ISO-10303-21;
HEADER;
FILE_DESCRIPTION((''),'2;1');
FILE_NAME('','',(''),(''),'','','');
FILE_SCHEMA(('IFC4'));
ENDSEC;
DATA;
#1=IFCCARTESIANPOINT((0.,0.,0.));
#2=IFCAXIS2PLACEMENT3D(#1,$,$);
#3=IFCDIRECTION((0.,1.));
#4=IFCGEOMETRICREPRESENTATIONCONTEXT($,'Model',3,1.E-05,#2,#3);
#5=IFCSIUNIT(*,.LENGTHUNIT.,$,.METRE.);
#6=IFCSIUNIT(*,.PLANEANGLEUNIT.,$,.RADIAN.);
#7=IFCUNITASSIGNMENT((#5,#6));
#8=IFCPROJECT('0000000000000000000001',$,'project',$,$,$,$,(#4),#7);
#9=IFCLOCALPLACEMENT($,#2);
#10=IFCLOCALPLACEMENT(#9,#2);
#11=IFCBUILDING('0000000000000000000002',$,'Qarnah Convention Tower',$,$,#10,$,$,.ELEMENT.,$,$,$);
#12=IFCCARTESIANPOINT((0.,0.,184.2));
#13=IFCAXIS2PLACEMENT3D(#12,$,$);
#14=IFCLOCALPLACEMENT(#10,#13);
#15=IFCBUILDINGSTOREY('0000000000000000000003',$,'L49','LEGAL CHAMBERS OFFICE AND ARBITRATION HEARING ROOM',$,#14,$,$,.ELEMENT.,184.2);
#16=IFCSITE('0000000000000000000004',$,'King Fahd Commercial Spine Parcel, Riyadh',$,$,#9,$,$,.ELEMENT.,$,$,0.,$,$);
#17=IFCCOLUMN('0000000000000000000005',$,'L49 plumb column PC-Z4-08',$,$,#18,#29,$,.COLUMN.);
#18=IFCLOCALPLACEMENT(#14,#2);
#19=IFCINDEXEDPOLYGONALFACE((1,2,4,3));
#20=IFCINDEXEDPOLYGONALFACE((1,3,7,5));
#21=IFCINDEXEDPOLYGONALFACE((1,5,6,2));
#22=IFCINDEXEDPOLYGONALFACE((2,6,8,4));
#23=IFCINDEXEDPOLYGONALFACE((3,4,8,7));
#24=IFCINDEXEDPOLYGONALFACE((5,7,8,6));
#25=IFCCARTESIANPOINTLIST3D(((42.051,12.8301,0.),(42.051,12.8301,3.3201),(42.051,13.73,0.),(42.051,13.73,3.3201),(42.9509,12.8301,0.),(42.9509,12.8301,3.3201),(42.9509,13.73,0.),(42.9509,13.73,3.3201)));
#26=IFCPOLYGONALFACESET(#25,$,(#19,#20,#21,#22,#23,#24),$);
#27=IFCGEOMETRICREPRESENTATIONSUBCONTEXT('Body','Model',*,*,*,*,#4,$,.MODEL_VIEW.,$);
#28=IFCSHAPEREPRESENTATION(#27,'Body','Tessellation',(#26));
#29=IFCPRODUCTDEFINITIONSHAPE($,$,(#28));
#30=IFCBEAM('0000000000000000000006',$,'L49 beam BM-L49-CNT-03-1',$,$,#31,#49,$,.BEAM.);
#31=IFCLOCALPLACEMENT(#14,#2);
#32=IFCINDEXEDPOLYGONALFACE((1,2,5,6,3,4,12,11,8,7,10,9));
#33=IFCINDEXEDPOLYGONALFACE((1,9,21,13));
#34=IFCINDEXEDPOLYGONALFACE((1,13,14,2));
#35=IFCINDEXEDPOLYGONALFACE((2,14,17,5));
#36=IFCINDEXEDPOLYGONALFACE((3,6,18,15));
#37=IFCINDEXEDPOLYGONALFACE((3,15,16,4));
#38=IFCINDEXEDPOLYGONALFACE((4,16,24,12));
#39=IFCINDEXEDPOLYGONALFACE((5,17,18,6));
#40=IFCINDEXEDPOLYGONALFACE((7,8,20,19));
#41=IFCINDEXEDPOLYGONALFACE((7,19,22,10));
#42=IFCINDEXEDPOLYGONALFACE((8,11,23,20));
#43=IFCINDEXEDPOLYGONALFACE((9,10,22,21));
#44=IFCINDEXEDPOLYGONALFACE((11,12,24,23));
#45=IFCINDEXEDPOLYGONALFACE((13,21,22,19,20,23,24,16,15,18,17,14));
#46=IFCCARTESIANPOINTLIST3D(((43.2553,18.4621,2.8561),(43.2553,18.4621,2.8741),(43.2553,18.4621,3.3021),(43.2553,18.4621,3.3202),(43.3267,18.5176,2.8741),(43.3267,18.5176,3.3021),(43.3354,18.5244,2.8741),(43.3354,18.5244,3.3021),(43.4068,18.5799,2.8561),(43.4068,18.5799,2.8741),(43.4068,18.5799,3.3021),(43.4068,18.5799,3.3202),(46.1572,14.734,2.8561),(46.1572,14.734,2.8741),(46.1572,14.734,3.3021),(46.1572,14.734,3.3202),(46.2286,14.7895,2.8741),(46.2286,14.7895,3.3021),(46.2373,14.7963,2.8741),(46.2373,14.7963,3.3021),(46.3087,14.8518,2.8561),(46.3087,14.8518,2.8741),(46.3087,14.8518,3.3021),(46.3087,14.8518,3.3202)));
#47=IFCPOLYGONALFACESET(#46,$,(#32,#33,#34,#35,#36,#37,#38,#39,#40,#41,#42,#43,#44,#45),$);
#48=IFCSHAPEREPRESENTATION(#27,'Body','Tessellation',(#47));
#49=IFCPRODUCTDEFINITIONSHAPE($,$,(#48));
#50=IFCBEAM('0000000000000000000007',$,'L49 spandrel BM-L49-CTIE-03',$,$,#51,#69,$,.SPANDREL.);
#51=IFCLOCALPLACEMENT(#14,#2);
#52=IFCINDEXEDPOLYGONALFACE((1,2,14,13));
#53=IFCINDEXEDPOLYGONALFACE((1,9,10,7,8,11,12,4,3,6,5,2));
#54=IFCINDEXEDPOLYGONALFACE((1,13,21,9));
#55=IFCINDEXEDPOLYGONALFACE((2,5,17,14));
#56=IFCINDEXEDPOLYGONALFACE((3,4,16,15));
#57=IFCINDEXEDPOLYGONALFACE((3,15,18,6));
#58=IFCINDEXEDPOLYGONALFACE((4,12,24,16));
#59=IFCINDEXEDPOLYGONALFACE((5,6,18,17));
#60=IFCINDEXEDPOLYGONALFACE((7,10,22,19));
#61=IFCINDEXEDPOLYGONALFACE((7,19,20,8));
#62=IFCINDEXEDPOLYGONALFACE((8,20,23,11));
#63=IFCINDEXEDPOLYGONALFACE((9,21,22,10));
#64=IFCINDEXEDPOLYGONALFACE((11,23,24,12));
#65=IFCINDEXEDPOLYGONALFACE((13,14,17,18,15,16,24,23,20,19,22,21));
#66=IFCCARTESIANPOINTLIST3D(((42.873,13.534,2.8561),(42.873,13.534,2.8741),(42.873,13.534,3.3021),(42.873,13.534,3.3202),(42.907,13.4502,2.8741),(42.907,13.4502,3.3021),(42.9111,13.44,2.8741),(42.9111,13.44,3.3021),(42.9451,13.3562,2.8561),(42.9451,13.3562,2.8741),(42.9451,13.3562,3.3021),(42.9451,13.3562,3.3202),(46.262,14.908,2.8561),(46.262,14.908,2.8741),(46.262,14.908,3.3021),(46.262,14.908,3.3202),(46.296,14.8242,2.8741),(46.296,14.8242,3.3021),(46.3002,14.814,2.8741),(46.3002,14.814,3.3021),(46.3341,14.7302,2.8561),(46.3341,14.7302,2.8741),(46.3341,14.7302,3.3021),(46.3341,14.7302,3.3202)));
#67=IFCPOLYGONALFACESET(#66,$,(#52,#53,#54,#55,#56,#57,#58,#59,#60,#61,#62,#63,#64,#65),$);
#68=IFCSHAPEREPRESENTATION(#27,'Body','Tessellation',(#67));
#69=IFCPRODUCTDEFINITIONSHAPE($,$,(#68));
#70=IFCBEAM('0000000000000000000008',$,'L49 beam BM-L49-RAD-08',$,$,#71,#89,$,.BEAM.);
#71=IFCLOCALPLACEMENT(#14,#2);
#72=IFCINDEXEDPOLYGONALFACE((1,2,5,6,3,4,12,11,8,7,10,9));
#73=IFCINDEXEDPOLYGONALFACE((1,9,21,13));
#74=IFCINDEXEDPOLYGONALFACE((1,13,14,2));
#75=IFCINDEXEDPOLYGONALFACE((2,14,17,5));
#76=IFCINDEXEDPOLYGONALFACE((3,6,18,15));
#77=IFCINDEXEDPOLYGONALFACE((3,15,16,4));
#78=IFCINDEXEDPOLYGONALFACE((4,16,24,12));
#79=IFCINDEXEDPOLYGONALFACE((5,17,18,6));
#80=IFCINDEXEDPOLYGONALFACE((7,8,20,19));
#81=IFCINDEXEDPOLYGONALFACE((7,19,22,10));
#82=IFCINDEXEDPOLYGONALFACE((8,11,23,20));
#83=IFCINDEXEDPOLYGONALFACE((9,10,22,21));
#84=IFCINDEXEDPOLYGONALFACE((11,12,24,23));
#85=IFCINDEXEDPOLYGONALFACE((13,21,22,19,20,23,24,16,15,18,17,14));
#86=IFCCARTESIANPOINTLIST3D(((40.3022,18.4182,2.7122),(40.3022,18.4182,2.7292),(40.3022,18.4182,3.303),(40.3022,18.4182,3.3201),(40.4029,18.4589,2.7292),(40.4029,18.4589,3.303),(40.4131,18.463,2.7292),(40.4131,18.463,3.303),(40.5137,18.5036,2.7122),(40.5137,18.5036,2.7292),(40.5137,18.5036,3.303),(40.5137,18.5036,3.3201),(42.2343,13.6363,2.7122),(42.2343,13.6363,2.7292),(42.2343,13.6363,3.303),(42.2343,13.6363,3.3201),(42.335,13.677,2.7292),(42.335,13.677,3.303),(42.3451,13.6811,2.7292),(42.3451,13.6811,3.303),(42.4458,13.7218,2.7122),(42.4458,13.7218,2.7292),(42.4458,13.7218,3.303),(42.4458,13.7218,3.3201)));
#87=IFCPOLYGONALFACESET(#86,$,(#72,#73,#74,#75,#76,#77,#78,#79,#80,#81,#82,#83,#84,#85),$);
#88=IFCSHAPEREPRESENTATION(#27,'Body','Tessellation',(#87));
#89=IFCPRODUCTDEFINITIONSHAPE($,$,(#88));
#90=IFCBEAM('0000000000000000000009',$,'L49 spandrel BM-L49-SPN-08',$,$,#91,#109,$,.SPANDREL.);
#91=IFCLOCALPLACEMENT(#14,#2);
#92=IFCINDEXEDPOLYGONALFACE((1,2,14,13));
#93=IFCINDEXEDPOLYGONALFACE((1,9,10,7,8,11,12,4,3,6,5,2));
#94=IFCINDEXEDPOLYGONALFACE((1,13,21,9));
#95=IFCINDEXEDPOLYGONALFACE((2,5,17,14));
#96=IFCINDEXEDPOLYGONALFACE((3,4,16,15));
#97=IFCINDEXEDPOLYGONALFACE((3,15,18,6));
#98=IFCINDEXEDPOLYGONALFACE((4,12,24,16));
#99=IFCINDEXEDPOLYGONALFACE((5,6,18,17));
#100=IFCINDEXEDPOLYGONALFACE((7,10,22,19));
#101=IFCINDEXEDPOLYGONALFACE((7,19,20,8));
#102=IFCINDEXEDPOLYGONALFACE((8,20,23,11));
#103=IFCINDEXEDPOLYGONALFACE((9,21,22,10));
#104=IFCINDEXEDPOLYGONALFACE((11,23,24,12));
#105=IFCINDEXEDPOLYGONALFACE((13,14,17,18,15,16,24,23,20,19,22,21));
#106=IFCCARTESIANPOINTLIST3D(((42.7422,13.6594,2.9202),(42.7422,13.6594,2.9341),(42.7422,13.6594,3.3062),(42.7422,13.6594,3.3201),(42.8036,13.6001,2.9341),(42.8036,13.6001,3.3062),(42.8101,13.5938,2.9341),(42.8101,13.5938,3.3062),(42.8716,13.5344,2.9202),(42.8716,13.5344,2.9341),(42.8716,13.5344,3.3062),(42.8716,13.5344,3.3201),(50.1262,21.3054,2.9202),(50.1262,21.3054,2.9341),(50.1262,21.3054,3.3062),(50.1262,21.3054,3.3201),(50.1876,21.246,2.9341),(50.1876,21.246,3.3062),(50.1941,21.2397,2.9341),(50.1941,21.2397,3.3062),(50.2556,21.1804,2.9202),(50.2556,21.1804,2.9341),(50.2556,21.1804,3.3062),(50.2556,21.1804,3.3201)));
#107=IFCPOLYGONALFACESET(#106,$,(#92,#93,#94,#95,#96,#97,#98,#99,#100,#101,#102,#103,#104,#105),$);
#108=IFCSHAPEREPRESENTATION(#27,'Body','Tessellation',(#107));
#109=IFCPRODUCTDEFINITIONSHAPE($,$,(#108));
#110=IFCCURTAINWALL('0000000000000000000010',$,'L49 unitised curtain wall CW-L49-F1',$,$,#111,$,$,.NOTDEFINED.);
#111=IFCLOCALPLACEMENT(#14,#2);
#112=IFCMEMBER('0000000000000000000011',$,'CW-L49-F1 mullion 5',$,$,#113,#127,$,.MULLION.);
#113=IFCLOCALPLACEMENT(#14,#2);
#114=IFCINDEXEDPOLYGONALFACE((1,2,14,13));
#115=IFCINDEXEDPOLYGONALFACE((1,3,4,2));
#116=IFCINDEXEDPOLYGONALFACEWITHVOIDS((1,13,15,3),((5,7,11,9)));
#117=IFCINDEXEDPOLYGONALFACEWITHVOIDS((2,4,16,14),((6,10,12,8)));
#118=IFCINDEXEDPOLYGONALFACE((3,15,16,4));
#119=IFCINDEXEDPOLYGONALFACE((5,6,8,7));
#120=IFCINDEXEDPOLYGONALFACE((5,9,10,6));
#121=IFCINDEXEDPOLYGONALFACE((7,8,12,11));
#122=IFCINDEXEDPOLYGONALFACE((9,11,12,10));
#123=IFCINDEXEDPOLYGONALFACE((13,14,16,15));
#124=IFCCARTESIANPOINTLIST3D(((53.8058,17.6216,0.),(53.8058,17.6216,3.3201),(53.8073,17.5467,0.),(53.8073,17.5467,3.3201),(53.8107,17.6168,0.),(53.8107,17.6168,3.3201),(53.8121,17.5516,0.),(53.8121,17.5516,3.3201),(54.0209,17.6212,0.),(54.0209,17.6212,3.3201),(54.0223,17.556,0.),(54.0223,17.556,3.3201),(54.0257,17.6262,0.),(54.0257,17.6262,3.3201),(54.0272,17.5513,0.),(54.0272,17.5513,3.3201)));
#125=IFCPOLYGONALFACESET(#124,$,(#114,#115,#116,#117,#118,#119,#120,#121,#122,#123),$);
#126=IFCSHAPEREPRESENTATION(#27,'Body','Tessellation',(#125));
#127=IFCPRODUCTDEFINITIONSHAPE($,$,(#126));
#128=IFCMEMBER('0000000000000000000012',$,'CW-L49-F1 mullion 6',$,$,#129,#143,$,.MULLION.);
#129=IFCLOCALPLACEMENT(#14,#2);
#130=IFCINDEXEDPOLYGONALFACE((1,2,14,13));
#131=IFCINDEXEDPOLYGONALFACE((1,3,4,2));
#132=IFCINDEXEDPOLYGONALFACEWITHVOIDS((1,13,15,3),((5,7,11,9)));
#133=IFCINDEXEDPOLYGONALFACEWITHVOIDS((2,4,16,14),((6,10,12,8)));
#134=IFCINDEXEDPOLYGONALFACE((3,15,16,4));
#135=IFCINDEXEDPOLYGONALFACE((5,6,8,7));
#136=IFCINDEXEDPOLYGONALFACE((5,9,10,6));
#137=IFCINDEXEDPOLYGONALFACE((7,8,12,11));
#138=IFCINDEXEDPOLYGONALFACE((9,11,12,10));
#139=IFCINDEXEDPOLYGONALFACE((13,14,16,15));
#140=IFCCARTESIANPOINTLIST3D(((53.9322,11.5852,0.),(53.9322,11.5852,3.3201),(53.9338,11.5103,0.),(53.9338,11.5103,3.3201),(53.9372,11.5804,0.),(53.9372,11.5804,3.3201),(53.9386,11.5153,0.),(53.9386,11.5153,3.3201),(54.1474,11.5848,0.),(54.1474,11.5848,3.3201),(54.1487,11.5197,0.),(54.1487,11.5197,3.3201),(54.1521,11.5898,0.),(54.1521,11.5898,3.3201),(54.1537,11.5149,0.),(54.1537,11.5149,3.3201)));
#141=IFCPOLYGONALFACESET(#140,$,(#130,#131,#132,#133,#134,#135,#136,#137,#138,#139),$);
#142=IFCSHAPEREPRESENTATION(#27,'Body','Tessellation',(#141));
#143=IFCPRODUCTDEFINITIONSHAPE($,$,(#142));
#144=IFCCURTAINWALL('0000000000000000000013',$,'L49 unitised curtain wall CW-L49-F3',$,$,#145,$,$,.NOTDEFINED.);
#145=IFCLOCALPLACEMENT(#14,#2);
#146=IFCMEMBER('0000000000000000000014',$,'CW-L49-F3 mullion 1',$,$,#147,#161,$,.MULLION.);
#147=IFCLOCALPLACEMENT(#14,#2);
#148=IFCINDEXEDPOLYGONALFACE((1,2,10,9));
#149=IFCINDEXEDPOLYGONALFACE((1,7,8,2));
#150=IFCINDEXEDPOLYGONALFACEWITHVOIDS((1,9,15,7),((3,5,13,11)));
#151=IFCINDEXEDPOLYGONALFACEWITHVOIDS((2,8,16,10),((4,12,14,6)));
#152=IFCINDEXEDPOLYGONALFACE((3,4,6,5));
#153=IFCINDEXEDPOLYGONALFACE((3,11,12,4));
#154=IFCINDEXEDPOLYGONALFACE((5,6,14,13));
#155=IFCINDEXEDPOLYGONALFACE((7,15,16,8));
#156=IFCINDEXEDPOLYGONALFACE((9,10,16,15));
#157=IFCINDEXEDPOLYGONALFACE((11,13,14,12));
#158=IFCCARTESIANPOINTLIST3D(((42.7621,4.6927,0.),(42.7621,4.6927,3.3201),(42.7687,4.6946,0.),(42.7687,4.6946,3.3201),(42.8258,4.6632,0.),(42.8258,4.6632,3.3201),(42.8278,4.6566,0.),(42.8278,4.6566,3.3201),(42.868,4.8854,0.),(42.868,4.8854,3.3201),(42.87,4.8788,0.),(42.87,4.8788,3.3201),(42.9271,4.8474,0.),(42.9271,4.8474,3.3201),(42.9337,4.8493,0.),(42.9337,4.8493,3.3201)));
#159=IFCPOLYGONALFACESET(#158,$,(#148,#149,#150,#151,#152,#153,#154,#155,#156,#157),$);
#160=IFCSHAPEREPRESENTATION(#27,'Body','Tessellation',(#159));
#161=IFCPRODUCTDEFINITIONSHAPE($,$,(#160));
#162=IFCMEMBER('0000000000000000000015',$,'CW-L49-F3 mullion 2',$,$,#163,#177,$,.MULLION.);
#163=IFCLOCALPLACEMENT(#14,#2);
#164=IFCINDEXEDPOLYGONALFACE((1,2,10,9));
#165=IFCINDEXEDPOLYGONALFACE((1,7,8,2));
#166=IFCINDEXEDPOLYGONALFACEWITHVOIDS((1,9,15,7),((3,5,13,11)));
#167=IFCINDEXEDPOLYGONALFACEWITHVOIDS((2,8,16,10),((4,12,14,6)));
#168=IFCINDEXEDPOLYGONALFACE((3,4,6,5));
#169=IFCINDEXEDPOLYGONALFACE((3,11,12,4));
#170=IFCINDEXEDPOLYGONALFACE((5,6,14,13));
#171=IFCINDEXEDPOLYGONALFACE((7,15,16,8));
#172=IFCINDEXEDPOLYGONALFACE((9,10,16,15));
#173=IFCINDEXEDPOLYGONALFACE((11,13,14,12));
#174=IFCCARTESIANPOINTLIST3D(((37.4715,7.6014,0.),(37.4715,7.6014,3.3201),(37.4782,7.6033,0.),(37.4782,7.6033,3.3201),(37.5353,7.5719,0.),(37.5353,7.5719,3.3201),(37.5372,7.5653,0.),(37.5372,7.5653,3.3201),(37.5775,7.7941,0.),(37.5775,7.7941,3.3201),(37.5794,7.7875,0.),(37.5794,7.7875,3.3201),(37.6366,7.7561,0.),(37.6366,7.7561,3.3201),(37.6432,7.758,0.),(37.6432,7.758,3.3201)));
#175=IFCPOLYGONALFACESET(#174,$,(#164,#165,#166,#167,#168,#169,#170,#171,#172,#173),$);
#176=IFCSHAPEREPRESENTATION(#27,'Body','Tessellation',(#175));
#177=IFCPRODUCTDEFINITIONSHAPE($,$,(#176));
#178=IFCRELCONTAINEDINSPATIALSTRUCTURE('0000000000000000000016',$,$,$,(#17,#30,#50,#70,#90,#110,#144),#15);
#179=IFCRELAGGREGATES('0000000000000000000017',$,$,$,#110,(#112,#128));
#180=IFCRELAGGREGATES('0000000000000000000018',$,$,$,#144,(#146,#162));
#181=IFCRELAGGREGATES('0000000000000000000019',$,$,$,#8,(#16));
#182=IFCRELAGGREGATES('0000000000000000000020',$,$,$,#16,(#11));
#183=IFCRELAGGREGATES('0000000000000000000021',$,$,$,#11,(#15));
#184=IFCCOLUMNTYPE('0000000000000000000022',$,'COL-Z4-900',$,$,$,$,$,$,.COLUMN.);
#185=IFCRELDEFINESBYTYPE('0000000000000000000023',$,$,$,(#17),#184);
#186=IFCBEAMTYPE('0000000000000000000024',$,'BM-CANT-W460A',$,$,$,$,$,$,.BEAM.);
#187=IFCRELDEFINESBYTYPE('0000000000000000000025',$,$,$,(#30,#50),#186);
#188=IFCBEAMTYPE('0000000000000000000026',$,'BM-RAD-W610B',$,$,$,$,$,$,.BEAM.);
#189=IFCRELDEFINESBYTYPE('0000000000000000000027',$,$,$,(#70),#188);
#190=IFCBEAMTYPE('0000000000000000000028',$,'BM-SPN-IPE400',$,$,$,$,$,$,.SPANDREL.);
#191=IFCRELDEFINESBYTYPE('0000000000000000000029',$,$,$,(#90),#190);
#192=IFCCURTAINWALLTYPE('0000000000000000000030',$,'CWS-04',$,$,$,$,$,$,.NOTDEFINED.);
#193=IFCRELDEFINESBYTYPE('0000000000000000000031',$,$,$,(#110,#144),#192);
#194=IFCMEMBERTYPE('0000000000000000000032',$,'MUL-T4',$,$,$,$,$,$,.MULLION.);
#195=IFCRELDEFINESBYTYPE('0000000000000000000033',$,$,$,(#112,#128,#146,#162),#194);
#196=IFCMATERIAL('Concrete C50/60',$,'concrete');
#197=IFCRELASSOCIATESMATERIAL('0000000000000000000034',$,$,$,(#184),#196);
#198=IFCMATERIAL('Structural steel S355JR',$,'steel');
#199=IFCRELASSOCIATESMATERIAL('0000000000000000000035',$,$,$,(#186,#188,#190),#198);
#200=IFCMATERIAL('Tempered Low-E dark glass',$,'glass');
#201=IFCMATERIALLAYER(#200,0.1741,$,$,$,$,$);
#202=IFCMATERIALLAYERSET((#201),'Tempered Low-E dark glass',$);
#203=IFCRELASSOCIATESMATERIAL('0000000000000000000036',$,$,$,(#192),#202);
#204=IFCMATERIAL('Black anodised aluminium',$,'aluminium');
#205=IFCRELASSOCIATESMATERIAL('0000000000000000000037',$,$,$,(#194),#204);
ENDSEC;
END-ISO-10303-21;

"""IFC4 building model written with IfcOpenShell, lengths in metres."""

from ifc_helpers import new_model, si_unit, direction, frame, origin, origin_2d, place, context, subcontext, project, spatial, rectangle, hollow_rectangle, i_section, extrude, material, layer, layer_set, material_profile, profile_set, type_object, element, aggregate, save


model = new_model("IFC4")

# Units and contexts
model_context = context("Model", 3, precision=1e-05, world=origin(), true_north=direction((0.0, 1.0)))
body_context = subcontext(model_context, "Body", "Model", "MODEL_VIEW")
ifc_project = project(units=[si_unit("LENGTHUNIT", "METRE"), si_unit("PLANEANGLEUNIT", "RADIAN")], contexts=[model_context])

# Site, building, storey
site_placement = place(None, origin())
site = spatial("IfcSite", under=ifc_project, at=site_placement, Name="King Fahd Commercial Spine Parcel, Riyadh", CompositionType="ELEMENT", RefElevation=0.0)
building_placement = place(site_placement, origin())
building = spatial("IfcBuilding", under=site, at=building_placement, Name="Qarnah Convention Tower", CompositionType="ELEMENT")
storey_placement = place(building_placement, frame((0.0, 0.0, 184.2)))
storey = spatial("IfcBuildingStorey", under=building, at=storey_placement, Name="L49", Description="LEGAL CHAMBERS OFFICE AND ARBITRATION HEARING ROOM", CompositionType="ELEMENT", Elevation=184.2)

# Column
ifc_material_1 = material(Name="Concrete C50/60", Category="concrete")
ifc_material_profile_1 = material_profile(ifc_material_1, rectangle(XDim=0.8999, YDim=0.8999, at=origin_2d()), Name="RC-COL-900X900")
ifc_profile_set_1 = profile_set([ifc_material_profile_1], Name="Concrete C50/60")
column_type = type_object("IfcColumnType", Name="COL-Z4-900", PredefinedType="COLUMN", material=ifc_profile_set_1)
column_placement = place(storey_placement, frame((42.501, 13.28, 0.0), z_axis=(0.0, 0.0, 1.0), x_axis=(1.0, 0.0, 0.0)))
element("IfcColumn", 1, at=column_placement, inside=storey, type_object=column_type, Name="L49 plumb column PC-Z4-08", PredefinedType="COLUMN", context=body_context, shape_type="SweptSolid", body=[
    extrude(rectangle(XDim=0.8999, YDim=0.8999, at=origin_2d()), origin(), (0.0, 0.0, 1.0), 3.3201),
])

# Beams
ifc_material_2 = material(Name="Structural steel S355JR", Category="steel")
ifc_material_profile_2 = material_profile(ifc_material_2, i_section(OverallWidth=0.1919, OverallDepth=0.4641, WebThickness=0.011, FlangeThickness=0.0181, at=origin_2d()), Name="W460X89")
ifc_profile_set_2 = profile_set([ifc_material_profile_2], Name="Structural steel S355JR")
beam_type_1 = type_object("IfcBeamType", Name="BM-CANT-W460A", PredefinedType="BEAM", material=ifc_profile_set_2)
beam_1_placement = place(storey_placement, frame((43.3311, 18.521, 3.0881), z_axis=(0.614241, -0.789118, 0.0), x_axis=(0.789118, 0.614241, 0.0)))
element("IfcBeam", 2, at=beam_1_placement, inside=storey, type_object=beam_type_1, Name="L49 beam BM-L49-CNT-03-1", PredefinedType="BEAM", context=body_context, shape_type="SweptSolid", body=[
    extrude(i_section(OverallWidth=0.1919, OverallDepth=0.4641, WebThickness=0.011, FlangeThickness=0.0181, at=origin_2d()), origin(), (0.0, 0.0, 1.0), 4.7244),
])
beam_2_placement = place(storey_placement, frame((46.2981, 14.8191, 3.0881), z_axis=(-0.926735, -0.375714, 0.0), x_axis=(0.375714, -0.926735, 0.0)))
element("IfcBeam", 3, at=beam_2_placement, inside=storey, type_object=beam_type_1, Name="L49 spandrel BM-L49-CTIE-03", PredefinedType="SPANDREL", context=body_context, shape_type="SweptSolid", body=[
    extrude(i_section(OverallWidth=0.1919, OverallDepth=0.4641, WebThickness=0.011, FlangeThickness=0.0181, at=origin_2d()), origin(), (0.0, 0.0, 1.0), 3.657),
])
ifc_material_profile_3 = material_profile(ifc_material_2, i_section(OverallWidth=0.228, OverallDepth=0.6079, WebThickness=0.011, FlangeThickness=0.0171, at=origin_2d()), Name="W610X113")
ifc_profile_set_3 = profile_set([ifc_material_profile_3], Name="Structural steel S355JR")
beam_type_2 = type_object("IfcBeamType", Name="BM-RAD-W610B", PredefinedType="BEAM", material=ifc_profile_set_3)
beam_3_placement = place(storey_placement, frame((40.408, 18.4609, 3.0161), z_axis=(0.37462, -0.927178, 0.0), x_axis=(0.927178, 0.37462, 0.0)))
element("IfcBeam", 4, at=beam_3_placement, inside=storey, type_object=beam_type_2, Name="L49 beam BM-L49-RAD-08", PredefinedType="BEAM", context=body_context, shape_type="SweptSolid", body=[
    extrude(i_section(OverallWidth=0.228, OverallDepth=0.6079, WebThickness=0.011, FlangeThickness=0.0171, at=origin_2d()), origin(), (0.0, 0.0, 1.0), 5.1575),
])
ifc_material_profile_4 = material_profile(ifc_material_2, i_section(OverallWidth=0.1799, OverallDepth=0.3999, WebThickness=0.009, FlangeThickness=0.0139, at=origin_2d()), Name="IPE400")
ifc_profile_set_4 = profile_set([ifc_material_profile_4], Name="Structural steel S355JR")
beam_type_3 = type_object("IfcBeamType", Name="BM-SPN-IPE400", PredefinedType="SPANDREL", material=ifc_profile_set_4)
beam_4_placement = place(storey_placement, frame((42.8069, 13.5969, 3.1201), z_axis=(0.694677, 0.719322, 0.0), x_axis=(-0.719322, 0.694677, 0.0)))
element("IfcBeam", 5, at=beam_4_placement, inside=storey, type_object=beam_type_3, Name="L49 spandrel BM-L49-SPN-08", PredefinedType="SPANDREL", context=body_context, shape_type="SweptSolid", body=[
    extrude(i_section(OverallWidth=0.1799, OverallDepth=0.3999, WebThickness=0.009, FlangeThickness=0.0139, at=origin_2d()), origin(), (0.0, 0.0, 1.0), 10.6294),
])

# Curtain walls, members
ifc_material_3 = material(Name="Tempered Low-E dark glass", Category="glass")
ifc_layer_1 = layer(ifc_material_3, 0.1741)
ifc_layer_set_1 = layer_set([ifc_layer_1], Name="Tempered Low-E dark glass")
curtain_wall_type = type_object("IfcCurtainWallType", Name="CWS-04", PredefinedType="NOTDEFINED", material=ifc_layer_set_1)
curtain_wall_1_placement = place(storey_placement, origin())
curtain_wall_1 = element("IfcCurtainWall", 6, at=curtain_wall_1_placement, inside=storey, type_object=curtain_wall_type, Name="L49 unitised curtain wall CW-L49-F1", PredefinedType="NOTDEFINED")
ifc_material_4 = material(Name="Black anodised aluminium", Category="aluminium")
ifc_material_profile_5 = material_profile(ifc_material_4, hollow_rectangle(XDim=0.075, YDim=0.22, WallThickness=0.0049, at=origin_2d()), Name="MUL-75X220")
ifc_profile_set_5 = profile_set([ifc_material_profile_5], Name="Black anodised aluminium")
member_type_1 = type_object("IfcMemberType", Name="MUL-T4", PredefinedType="MULLION", material=ifc_profile_set_5)
member_1_placement = place(storey_placement, frame((53.9165, 17.5864, 0.0), z_axis=(0.0, 0.0, 1.0), x_axis=(0.020935, -0.999781, 0.0)))
member_1 = element("IfcMember", 7, at=member_1_placement, type_object=member_type_1, Name="CW-L49-F1 mullion 5", PredefinedType="MULLION", context=body_context, shape_type="SweptSolid", body=[
    extrude(hollow_rectangle(XDim=0.075, YDim=0.22, WallThickness=0.0049, at=origin_2d()), origin(), (0.0, 0.0, 1.0), 3.3201),
])
member_2_placement = place(storey_placement, frame((54.043, 11.55, 0.0), z_axis=(0.0, 0.0, 1.0), x_axis=(0.020935, -0.999781, 0.0)))
member_2 = element("IfcMember", 8, at=member_2_placement, type_object=member_type_1, Name="CW-L49-F1 mullion 6", PredefinedType="MULLION", context=body_context, shape_type="SweptSolid", body=[
    extrude(hollow_rectangle(XDim=0.075, YDim=0.22, WallThickness=0.0049, at=origin_2d()), origin(), (0.0, 0.0, 1.0), 3.3201),
])
curtain_wall_2_placement = place(storey_placement, origin())
curtain_wall_2 = element("IfcCurtainWall", 9, at=curtain_wall_2_placement, inside=storey, type_object=curtain_wall_type, Name="L49 unitised curtain wall CW-L49-F3", PredefinedType="NOTDEFINED")
member_3_placement = place(storey_placement, frame((42.8479, 4.771, 0.0), z_axis=(0.0, 0.0, 1.0), x_axis=(-0.876302, 0.481762, 0.0)))
member_3 = element("IfcMember", 10, at=member_3_placement, type_object=member_type_1, Name="CW-L49-F3 mullion 1", PredefinedType="MULLION", context=body_context, shape_type="SweptSolid", body=[
    extrude(hollow_rectangle(XDim=0.075, YDim=0.22, WallThickness=0.0049, at=origin_2d()), origin(), (0.0, 0.0, 1.0), 3.3201),
])
member_4_placement = place(storey_placement, frame((37.5574, 7.6797, 0.0), z_axis=(0.0, 0.0, 1.0), x_axis=(-0.876302, 0.481762, 0.0)))
member_4 = element("IfcMember", 11, at=member_4_placement, type_object=member_type_1, Name="CW-L49-F3 mullion 2", PredefinedType="MULLION", context=body_context, shape_type="SweptSolid", body=[
    extrude(hollow_rectangle(XDim=0.075, YDim=0.22, WallThickness=0.0049, at=origin_2d()), origin(), (0.0, 0.0, 1.0), 3.3201),
])

aggregate(curtain_wall_1, [member_1, member_2])
aggregate(curtain_wall_2, [member_3, member_4])

save(model, "model.ifc")
